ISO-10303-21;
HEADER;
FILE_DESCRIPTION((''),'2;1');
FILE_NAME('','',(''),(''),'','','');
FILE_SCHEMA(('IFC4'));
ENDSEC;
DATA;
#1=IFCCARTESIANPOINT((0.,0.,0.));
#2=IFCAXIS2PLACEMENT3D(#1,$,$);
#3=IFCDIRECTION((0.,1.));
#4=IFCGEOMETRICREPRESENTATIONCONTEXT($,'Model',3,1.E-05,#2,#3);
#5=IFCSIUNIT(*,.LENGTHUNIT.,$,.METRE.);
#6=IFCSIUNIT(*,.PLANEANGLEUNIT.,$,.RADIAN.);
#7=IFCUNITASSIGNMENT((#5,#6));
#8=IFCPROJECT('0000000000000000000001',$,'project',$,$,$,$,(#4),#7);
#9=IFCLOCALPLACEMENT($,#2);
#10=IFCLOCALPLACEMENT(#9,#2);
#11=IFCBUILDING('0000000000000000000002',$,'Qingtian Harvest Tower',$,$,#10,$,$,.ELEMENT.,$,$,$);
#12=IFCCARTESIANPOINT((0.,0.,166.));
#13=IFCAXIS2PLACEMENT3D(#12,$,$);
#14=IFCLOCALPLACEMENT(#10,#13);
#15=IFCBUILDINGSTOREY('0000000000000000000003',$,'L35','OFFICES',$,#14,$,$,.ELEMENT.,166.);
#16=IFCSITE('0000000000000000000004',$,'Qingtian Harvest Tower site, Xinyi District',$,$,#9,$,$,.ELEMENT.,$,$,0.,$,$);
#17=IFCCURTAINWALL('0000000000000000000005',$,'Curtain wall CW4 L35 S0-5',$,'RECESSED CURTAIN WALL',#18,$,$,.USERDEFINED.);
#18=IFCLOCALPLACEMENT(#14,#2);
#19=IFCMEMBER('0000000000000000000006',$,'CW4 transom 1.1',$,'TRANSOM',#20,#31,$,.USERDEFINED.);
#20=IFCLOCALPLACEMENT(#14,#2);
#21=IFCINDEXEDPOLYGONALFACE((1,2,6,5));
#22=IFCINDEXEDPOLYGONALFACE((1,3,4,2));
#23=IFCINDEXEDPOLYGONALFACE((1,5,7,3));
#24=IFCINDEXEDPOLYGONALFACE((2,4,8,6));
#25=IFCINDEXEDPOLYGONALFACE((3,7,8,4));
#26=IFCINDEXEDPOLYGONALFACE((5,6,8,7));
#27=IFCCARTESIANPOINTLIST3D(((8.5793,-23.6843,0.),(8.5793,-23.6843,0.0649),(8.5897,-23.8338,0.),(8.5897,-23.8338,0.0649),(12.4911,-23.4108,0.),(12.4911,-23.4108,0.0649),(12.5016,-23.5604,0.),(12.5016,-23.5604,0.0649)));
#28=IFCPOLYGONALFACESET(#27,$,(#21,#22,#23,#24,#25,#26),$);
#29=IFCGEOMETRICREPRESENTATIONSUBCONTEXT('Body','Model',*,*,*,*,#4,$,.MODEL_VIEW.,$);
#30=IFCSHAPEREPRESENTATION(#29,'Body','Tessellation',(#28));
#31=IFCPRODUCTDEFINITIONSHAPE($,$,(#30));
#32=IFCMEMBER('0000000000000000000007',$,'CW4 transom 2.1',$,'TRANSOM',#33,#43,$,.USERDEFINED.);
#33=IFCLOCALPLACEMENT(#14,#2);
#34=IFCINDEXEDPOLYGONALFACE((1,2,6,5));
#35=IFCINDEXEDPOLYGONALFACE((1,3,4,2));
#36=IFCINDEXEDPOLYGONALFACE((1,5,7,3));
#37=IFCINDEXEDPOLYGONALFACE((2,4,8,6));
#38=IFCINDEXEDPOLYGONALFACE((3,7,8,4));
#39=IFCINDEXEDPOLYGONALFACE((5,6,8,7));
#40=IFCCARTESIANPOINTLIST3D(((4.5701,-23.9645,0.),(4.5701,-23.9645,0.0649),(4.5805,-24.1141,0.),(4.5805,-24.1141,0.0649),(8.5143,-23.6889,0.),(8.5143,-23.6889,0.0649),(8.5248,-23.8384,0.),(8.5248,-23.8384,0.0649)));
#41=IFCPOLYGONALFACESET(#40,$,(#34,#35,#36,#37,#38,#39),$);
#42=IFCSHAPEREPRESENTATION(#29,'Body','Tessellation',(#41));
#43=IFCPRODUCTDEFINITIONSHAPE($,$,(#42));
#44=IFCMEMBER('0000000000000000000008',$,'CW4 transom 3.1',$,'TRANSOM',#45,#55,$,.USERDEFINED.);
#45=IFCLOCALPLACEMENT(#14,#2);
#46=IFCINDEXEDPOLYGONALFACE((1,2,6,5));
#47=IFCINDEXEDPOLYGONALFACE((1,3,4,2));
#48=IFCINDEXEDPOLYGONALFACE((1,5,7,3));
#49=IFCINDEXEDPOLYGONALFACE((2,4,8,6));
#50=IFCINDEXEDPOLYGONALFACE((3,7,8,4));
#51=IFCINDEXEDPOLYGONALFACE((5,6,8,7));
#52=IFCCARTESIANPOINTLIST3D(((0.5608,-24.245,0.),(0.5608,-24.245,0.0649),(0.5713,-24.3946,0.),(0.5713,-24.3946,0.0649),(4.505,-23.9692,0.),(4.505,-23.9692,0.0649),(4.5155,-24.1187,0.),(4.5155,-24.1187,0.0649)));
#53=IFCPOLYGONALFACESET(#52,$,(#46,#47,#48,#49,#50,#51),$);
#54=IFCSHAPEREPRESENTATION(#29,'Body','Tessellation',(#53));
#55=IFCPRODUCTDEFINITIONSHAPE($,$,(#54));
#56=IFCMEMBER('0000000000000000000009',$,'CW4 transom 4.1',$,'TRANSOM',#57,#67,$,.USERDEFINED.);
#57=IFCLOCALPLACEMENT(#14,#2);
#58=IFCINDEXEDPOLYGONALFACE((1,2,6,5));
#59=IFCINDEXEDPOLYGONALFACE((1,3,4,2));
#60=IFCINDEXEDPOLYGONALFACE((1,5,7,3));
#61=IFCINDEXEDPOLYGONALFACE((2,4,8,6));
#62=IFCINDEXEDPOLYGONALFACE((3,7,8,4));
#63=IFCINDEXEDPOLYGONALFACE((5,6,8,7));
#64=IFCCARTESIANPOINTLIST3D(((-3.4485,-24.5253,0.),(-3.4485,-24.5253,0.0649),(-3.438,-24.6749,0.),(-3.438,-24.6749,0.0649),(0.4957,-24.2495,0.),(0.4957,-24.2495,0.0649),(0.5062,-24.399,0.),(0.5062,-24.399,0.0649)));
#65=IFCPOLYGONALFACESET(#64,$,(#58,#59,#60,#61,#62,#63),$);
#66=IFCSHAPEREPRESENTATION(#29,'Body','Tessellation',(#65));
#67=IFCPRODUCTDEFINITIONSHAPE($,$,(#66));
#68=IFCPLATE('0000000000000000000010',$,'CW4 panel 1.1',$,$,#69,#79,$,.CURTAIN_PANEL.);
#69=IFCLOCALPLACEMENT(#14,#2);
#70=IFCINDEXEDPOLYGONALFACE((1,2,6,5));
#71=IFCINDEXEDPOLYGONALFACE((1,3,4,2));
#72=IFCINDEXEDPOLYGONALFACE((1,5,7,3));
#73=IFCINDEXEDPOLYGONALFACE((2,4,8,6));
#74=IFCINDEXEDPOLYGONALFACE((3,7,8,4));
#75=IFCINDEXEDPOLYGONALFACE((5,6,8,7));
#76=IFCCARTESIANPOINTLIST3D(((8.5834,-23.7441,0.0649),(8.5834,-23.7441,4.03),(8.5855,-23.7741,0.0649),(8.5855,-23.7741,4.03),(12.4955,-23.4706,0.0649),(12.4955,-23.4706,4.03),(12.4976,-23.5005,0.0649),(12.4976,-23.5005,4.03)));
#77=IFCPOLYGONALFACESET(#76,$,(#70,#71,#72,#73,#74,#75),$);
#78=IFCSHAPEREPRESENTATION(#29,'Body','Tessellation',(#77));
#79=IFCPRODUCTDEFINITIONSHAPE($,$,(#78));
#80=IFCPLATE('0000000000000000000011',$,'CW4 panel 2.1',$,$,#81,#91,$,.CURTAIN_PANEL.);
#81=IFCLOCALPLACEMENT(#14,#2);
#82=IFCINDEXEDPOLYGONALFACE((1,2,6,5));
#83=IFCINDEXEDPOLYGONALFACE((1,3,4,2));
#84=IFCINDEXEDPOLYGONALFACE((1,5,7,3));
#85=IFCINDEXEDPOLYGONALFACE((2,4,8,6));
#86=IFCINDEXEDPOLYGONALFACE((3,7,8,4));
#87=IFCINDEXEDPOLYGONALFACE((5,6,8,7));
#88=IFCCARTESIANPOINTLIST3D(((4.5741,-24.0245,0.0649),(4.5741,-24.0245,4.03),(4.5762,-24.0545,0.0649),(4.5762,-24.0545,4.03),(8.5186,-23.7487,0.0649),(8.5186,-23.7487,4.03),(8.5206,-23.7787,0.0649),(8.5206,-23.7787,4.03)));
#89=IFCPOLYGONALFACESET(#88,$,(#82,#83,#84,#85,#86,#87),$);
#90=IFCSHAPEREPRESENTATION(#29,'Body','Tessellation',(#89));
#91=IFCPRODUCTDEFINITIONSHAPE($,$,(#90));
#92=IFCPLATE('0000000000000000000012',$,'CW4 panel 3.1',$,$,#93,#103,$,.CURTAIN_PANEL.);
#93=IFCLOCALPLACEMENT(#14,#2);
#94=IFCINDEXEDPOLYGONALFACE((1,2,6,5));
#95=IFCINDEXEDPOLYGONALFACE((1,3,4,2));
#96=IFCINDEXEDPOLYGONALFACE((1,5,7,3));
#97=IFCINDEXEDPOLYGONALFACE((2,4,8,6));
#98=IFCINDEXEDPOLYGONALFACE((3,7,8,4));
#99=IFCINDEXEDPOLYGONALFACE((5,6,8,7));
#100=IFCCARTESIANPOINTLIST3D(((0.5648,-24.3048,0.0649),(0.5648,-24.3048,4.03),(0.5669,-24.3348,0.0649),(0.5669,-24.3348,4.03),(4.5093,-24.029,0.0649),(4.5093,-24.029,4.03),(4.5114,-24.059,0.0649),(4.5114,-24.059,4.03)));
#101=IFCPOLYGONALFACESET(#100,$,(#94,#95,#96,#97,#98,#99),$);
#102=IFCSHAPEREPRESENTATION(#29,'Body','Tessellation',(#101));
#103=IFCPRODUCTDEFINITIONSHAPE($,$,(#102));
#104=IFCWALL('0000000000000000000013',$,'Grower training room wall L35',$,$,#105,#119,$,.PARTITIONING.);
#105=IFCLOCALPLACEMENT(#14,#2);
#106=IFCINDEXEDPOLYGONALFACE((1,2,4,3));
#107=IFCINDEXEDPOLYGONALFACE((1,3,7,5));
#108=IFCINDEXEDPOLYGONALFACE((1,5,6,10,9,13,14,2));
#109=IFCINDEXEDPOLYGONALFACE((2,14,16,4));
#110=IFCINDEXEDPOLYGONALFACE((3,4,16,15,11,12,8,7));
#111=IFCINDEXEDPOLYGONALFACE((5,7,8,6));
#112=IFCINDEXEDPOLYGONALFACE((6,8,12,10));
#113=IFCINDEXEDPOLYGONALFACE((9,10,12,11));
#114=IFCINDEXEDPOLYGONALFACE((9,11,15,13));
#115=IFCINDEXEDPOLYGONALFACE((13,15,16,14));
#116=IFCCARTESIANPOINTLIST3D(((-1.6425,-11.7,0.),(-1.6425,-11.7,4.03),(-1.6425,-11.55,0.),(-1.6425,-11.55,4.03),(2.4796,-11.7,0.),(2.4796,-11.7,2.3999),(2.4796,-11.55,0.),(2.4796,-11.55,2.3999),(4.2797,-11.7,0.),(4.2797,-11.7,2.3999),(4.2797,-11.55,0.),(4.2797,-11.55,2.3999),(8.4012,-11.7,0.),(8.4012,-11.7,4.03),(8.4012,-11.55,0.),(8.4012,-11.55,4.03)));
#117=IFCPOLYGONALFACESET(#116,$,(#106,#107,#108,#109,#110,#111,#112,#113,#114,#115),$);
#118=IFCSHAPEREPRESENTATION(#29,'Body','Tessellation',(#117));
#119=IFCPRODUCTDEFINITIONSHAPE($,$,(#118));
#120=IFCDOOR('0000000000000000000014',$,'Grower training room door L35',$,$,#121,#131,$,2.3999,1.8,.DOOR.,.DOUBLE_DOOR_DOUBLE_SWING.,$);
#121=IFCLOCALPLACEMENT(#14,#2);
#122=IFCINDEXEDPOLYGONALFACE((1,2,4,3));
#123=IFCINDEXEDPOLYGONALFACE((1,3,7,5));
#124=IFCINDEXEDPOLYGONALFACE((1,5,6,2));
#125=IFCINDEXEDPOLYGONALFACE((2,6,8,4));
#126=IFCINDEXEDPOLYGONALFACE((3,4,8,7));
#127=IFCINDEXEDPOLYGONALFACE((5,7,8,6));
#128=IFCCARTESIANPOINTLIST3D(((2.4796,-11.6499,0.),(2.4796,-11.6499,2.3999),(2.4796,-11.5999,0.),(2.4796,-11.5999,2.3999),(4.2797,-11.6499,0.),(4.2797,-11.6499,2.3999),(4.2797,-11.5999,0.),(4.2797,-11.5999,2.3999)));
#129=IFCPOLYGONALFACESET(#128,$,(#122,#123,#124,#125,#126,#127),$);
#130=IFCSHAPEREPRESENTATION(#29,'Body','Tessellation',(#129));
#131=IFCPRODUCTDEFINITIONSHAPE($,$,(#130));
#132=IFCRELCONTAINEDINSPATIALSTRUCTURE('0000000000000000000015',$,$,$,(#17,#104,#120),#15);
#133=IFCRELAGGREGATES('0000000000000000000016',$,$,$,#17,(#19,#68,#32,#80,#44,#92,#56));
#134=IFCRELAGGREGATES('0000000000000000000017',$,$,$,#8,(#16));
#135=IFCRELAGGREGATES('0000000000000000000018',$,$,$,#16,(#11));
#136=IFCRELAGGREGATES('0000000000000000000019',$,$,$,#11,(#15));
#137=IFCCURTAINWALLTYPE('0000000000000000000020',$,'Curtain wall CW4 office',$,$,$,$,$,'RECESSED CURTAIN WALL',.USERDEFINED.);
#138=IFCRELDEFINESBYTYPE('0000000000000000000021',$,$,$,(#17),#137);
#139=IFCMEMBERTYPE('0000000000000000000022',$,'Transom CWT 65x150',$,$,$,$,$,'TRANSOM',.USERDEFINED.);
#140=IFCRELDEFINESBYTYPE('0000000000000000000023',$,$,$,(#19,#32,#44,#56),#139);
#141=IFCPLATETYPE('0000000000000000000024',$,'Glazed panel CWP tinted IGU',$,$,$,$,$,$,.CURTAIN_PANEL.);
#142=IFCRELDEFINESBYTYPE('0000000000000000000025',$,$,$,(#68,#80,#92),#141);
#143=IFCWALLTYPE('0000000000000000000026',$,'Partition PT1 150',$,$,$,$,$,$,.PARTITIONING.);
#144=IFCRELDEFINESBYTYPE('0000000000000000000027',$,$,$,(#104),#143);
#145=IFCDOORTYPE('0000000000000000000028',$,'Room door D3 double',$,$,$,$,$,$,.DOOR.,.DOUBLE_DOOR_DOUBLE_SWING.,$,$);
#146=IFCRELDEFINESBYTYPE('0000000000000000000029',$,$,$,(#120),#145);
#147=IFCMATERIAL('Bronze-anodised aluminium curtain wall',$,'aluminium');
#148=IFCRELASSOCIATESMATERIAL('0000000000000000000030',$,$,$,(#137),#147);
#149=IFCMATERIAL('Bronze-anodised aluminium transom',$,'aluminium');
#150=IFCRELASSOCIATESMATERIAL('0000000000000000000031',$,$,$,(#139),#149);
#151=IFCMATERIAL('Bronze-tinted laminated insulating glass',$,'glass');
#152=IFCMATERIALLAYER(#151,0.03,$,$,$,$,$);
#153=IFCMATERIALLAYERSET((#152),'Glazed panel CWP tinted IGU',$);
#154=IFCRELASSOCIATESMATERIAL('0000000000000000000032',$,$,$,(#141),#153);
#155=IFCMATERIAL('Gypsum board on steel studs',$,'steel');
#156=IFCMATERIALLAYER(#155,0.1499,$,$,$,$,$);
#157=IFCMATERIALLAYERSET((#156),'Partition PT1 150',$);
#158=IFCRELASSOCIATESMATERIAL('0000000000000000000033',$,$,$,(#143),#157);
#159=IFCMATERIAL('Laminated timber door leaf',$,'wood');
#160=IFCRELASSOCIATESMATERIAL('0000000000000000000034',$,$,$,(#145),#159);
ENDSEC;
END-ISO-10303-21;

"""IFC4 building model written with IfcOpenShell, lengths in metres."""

from ifc_helpers import new_model, si_unit, direction, frame, frame_2d, origin, origin_2d, place, context, subcontext, project, spatial, rectangle, extrude, material, layer, layer_set, material_profile, profile_set, type_object, element, fill, aggregate, save


model = new_model("IFC4")

# Units and contexts
model_context = context("Model", 3, precision=1e-05, world=origin(), true_north=direction((0.0, 1.0)))
body_context = subcontext(model_context, "Body", "Model", "MODEL_VIEW")
ifc_project = project(units=[si_unit("LENGTHUNIT", "METRE"), si_unit("PLANEANGLEUNIT", "RADIAN")], contexts=[model_context])

# Site, building, storey
site_placement = place(None, origin())
site = spatial("IfcSite", under=ifc_project, at=site_placement, Name="Qingtian Harvest Tower site, Xinyi District", CompositionType="ELEMENT", RefElevation=0.0)
building_placement = place(site_placement, origin())
building = spatial("IfcBuilding", under=site, at=building_placement, Name="Qingtian Harvest Tower", CompositionType="ELEMENT")
storey_placement = place(building_placement, frame((0.0, 0.0, 166.0)))
storey = spatial("IfcBuildingStorey", under=building, at=storey_placement, Name="L35", Description="OFFICES", CompositionType="ELEMENT", Elevation=166.0)

# Shared definitions
ifc_material_1 = material(Name="Bronze-anodised aluminium curtain wall", Category="aluminium")
curtain_wall_type = type_object("IfcCurtainWallType", Name="Curtain wall CW4 office", ElementType="RECESSED CURTAIN WALL", PredefinedType="USERDEFINED", material=ifc_material_1)

# Curtain wall
curtain_wall_1_placement = place(storey_placement, origin())
curtain_wall_1 = element("IfcCurtainWall", 1, at=curtain_wall_1_placement, inside=storey, type_object=curtain_wall_type, Name="Curtain wall CW4 L35 S0-5", ObjectType="RECESSED CURTAIN WALL", PredefinedType="USERDEFINED")

# Members
ifc_material_2 = material(Name="Bronze-anodised aluminium transom", Category="aluminium")
ifc_material_profile_1 = material_profile(ifc_material_2, rectangle(XDim=0.1499, YDim=0.0649, at=origin_2d()), Name="AL 65x150")
ifc_profile_set_1 = profile_set([ifc_material_profile_1], Name="Bronze-anodised aluminium transom")
member_type_1 = type_object("IfcMemberType", Name="Transom CWT 65x150", ElementType="TRANSOM", PredefinedType="USERDEFINED", material=ifc_profile_set_1)
member_1_placement = place(storey_placement, frame((12.4963, -23.4856, 0.0325), z_axis=(-0.997566, -0.069729, 0.0), x_axis=(0.069729, -0.997566, 0.0)))
member_1 = element("IfcMember", 2, at=member_1_placement, type_object=member_type_1, Name="CW4 transom 1.1", ObjectType="TRANSOM", PredefinedType="USERDEFINED", context=body_context, shape_type="SweptSolid", body=[
    extrude(rectangle(XDim=0.1499, YDim=0.0649, at=origin_2d()), origin(), (0.0, 0.0, 1.0), 3.9214),
])
member_2_placement = place(storey_placement, frame((8.5195, -23.7637, 0.0325), z_axis=(-0.997567, -0.069711, 0.0), x_axis=(0.069711, -0.997567, 0.0)))
member_2 = element("IfcMember", 3, at=member_2_placement, type_object=member_type_1, Name="CW4 transom 2.1", ObjectType="TRANSOM", PredefinedType="USERDEFINED", context=body_context, shape_type="SweptSolid", body=[
    extrude(rectangle(XDim=0.1499, YDim=0.0649, at=origin_2d()), origin(), (0.0, 0.0, 1.0), 3.9539),
])
member_3_placement = place(storey_placement, frame((4.5103, -24.0439, 0.0325), z_axis=(-0.997563, -0.069773, 0.0), x_axis=(0.069773, -0.997563, 0.0)))
member_3 = element("IfcMember", 4, at=member_3_placement, type_object=member_type_1, Name="CW4 transom 3.1", ObjectType="TRANSOM", PredefinedType="USERDEFINED", context=body_context, shape_type="SweptSolid", body=[
    extrude(rectangle(XDim=0.1499, YDim=0.0649, at=origin_2d()), origin(), (0.0, 0.0, 1.0), 3.9539),
])
member_4_placement = place(storey_placement, frame((0.501, -24.3242, 0.0325), z_axis=(-0.997563, -0.069773, 0.0), x_axis=(0.069773, -0.997563, 0.0)))
member_4 = element("IfcMember", 5, at=member_4_placement, type_object=member_type_1, Name="CW4 transom 4.1", ObjectType="TRANSOM", PredefinedType="USERDEFINED", context=body_context, shape_type="SweptSolid", body=[
    extrude(rectangle(XDim=0.1499, YDim=0.0649, at=origin_2d()), origin(), (0.0, 0.0, 1.0), 3.9539),
])

# Plates
ifc_material_3 = material(Name="Bronze-tinted laminated insulating glass", Category="glass")
ifc_layer_1 = layer(ifc_material_3, 0.03)
ifc_layer_set_1 = layer_set([ifc_layer_1], Name="Glazed panel CWP tinted IGU")
plate_type = type_object("IfcPlateType", Name="Glazed panel CWP tinted IGU", PredefinedType="CURTAIN_PANEL", material=ifc_layer_set_1)
plate_1_placement = place(storey_placement, frame((10.5405, -23.6223, 0.0649), z_axis=(0.0, 0.0, 1.0), x_axis=(-0.997564, -0.069756, 0.0)))
plate_1 = element("IfcPlate", 6, at=plate_1_placement, type_object=plate_type, Name="CW4 panel 1.1", PredefinedType="CURTAIN_PANEL", context=body_context, shape_type="SweptSolid", body=[
    extrude(rectangle(XDim=3.9216, YDim=0.03, at=origin_2d()), origin(), (0.0, 0.0, 1.0), 3.9651),
])
plate_2_placement = place(storey_placement, frame((6.5474, -23.9016, 0.0649), z_axis=(0.0, 0.0, 1.0), x_axis=(-0.997564, -0.069756, 0.0)))
plate_2 = element("IfcPlate", 7, at=plate_2_placement, type_object=plate_type, Name="CW4 panel 2.1", PredefinedType="CURTAIN_PANEL", context=body_context, shape_type="SweptSolid", body=[
    extrude(rectangle(XDim=3.9541, YDim=0.03, at=origin_2d()), origin(), (0.0, 0.0, 1.0), 3.9651),
])
plate_3_placement = place(storey_placement, frame((2.5381, -24.1819, 0.0649), z_axis=(0.0, 0.0, 1.0), x_axis=(-0.997564, -0.069756, 0.0)))
plate_3 = element("IfcPlate", 8, at=plate_3_placement, type_object=plate_type, Name="CW4 panel 3.1", PredefinedType="CURTAIN_PANEL", context=body_context, shape_type="SweptSolid", body=[
    extrude(rectangle(XDim=3.9541, YDim=0.03, at=origin_2d()), origin(), (0.0, 0.0, 1.0), 3.9651),
])
aggregate(curtain_wall_1, [member_1, plate_1, member_2, plate_2, member_3, plate_3, member_4])

# Wall, opening, door
ifc_material_4 = material(Name="Gypsum board on steel studs", Category="steel")
ifc_layer_2 = layer(ifc_material_4, 0.1499)
ifc_layer_set_2 = layer_set([ifc_layer_2], Name="Partition PT1 150")
wall_type = type_object("IfcWallType", Name="Partition PT1 150", PredefinedType="PARTITIONING", material=ifc_layer_set_2)
wall_1_placement = place(storey_placement, frame((8.4014, -11.625, 0.0), z_axis=(0.0, 0.0, 1.0), x_axis=(-1.0, 0.0, 0.0)))
wall_1 = element("IfcWall", 9, at=wall_1_placement, inside=storey, type_object=wall_type, Name="Grower training room wall L35", PredefinedType="PARTITIONING", context=body_context, shape_type="SweptSolid", body=[
    extrude(rectangle(XDim=10.0437, YDim=0.1499, at=frame_2d((5.022, 0.0))), origin(), (0.0, 0.0, 1.0), 4.03),
])
opening_1_placement = place(wall_1_placement, frame((4.1218, 0.0, 0.0)))
opening_1 = element("IfcOpeningElement", 10, at=opening_1_placement, cuts=wall_1, PredefinedType="OPENING", context=body_context, shape_type="SweptSolid", body=[
    extrude(rectangle(XDim=1.8, YDim=2.3999, at=frame_2d((0.8999, 1.2))), frame((0.0, 0.085, 0.0), z_axis=(0.0, -1.0, 0.0), x_axis=(1.0, 0.0, 0.0)), (0.0, 0.0, 1.0), 0.1699),
])
ifc_material_5 = material(Name="Laminated timber door leaf", Category="wood")
door_type_1 = type_object("IfcDoorType", Name="Room door D3 double", OperationType="DOUBLE_DOOR_DOUBLE_SWING", PredefinedType="DOOR", material=ifc_material_5)
door_1_placement = place(opening_1_placement, origin())
door_1 = element("IfcDoor", 11, at=door_1_placement, inside=storey, type_object=door_type_1, Name="Grower training room door L35", OperationType="DOUBLE_DOOR_DOUBLE_SWING", OverallHeight=2.3999, OverallWidth=1.8, PredefinedType="DOOR", context=body_context, shape_type="SweptSolid", body=[
    extrude(rectangle(XDim=1.8, YDim=2.3999, at=frame_2d((0.8999, 1.2))), frame((0.0, 0.0249, 0.0), z_axis=(0.0, -1.0, 0.0), x_axis=(1.0, 0.0, 0.0)), (0.0, 0.0, 1.0), 0.05),
])
fill(opening_1, door_1)

save(model, "model.ifc")
